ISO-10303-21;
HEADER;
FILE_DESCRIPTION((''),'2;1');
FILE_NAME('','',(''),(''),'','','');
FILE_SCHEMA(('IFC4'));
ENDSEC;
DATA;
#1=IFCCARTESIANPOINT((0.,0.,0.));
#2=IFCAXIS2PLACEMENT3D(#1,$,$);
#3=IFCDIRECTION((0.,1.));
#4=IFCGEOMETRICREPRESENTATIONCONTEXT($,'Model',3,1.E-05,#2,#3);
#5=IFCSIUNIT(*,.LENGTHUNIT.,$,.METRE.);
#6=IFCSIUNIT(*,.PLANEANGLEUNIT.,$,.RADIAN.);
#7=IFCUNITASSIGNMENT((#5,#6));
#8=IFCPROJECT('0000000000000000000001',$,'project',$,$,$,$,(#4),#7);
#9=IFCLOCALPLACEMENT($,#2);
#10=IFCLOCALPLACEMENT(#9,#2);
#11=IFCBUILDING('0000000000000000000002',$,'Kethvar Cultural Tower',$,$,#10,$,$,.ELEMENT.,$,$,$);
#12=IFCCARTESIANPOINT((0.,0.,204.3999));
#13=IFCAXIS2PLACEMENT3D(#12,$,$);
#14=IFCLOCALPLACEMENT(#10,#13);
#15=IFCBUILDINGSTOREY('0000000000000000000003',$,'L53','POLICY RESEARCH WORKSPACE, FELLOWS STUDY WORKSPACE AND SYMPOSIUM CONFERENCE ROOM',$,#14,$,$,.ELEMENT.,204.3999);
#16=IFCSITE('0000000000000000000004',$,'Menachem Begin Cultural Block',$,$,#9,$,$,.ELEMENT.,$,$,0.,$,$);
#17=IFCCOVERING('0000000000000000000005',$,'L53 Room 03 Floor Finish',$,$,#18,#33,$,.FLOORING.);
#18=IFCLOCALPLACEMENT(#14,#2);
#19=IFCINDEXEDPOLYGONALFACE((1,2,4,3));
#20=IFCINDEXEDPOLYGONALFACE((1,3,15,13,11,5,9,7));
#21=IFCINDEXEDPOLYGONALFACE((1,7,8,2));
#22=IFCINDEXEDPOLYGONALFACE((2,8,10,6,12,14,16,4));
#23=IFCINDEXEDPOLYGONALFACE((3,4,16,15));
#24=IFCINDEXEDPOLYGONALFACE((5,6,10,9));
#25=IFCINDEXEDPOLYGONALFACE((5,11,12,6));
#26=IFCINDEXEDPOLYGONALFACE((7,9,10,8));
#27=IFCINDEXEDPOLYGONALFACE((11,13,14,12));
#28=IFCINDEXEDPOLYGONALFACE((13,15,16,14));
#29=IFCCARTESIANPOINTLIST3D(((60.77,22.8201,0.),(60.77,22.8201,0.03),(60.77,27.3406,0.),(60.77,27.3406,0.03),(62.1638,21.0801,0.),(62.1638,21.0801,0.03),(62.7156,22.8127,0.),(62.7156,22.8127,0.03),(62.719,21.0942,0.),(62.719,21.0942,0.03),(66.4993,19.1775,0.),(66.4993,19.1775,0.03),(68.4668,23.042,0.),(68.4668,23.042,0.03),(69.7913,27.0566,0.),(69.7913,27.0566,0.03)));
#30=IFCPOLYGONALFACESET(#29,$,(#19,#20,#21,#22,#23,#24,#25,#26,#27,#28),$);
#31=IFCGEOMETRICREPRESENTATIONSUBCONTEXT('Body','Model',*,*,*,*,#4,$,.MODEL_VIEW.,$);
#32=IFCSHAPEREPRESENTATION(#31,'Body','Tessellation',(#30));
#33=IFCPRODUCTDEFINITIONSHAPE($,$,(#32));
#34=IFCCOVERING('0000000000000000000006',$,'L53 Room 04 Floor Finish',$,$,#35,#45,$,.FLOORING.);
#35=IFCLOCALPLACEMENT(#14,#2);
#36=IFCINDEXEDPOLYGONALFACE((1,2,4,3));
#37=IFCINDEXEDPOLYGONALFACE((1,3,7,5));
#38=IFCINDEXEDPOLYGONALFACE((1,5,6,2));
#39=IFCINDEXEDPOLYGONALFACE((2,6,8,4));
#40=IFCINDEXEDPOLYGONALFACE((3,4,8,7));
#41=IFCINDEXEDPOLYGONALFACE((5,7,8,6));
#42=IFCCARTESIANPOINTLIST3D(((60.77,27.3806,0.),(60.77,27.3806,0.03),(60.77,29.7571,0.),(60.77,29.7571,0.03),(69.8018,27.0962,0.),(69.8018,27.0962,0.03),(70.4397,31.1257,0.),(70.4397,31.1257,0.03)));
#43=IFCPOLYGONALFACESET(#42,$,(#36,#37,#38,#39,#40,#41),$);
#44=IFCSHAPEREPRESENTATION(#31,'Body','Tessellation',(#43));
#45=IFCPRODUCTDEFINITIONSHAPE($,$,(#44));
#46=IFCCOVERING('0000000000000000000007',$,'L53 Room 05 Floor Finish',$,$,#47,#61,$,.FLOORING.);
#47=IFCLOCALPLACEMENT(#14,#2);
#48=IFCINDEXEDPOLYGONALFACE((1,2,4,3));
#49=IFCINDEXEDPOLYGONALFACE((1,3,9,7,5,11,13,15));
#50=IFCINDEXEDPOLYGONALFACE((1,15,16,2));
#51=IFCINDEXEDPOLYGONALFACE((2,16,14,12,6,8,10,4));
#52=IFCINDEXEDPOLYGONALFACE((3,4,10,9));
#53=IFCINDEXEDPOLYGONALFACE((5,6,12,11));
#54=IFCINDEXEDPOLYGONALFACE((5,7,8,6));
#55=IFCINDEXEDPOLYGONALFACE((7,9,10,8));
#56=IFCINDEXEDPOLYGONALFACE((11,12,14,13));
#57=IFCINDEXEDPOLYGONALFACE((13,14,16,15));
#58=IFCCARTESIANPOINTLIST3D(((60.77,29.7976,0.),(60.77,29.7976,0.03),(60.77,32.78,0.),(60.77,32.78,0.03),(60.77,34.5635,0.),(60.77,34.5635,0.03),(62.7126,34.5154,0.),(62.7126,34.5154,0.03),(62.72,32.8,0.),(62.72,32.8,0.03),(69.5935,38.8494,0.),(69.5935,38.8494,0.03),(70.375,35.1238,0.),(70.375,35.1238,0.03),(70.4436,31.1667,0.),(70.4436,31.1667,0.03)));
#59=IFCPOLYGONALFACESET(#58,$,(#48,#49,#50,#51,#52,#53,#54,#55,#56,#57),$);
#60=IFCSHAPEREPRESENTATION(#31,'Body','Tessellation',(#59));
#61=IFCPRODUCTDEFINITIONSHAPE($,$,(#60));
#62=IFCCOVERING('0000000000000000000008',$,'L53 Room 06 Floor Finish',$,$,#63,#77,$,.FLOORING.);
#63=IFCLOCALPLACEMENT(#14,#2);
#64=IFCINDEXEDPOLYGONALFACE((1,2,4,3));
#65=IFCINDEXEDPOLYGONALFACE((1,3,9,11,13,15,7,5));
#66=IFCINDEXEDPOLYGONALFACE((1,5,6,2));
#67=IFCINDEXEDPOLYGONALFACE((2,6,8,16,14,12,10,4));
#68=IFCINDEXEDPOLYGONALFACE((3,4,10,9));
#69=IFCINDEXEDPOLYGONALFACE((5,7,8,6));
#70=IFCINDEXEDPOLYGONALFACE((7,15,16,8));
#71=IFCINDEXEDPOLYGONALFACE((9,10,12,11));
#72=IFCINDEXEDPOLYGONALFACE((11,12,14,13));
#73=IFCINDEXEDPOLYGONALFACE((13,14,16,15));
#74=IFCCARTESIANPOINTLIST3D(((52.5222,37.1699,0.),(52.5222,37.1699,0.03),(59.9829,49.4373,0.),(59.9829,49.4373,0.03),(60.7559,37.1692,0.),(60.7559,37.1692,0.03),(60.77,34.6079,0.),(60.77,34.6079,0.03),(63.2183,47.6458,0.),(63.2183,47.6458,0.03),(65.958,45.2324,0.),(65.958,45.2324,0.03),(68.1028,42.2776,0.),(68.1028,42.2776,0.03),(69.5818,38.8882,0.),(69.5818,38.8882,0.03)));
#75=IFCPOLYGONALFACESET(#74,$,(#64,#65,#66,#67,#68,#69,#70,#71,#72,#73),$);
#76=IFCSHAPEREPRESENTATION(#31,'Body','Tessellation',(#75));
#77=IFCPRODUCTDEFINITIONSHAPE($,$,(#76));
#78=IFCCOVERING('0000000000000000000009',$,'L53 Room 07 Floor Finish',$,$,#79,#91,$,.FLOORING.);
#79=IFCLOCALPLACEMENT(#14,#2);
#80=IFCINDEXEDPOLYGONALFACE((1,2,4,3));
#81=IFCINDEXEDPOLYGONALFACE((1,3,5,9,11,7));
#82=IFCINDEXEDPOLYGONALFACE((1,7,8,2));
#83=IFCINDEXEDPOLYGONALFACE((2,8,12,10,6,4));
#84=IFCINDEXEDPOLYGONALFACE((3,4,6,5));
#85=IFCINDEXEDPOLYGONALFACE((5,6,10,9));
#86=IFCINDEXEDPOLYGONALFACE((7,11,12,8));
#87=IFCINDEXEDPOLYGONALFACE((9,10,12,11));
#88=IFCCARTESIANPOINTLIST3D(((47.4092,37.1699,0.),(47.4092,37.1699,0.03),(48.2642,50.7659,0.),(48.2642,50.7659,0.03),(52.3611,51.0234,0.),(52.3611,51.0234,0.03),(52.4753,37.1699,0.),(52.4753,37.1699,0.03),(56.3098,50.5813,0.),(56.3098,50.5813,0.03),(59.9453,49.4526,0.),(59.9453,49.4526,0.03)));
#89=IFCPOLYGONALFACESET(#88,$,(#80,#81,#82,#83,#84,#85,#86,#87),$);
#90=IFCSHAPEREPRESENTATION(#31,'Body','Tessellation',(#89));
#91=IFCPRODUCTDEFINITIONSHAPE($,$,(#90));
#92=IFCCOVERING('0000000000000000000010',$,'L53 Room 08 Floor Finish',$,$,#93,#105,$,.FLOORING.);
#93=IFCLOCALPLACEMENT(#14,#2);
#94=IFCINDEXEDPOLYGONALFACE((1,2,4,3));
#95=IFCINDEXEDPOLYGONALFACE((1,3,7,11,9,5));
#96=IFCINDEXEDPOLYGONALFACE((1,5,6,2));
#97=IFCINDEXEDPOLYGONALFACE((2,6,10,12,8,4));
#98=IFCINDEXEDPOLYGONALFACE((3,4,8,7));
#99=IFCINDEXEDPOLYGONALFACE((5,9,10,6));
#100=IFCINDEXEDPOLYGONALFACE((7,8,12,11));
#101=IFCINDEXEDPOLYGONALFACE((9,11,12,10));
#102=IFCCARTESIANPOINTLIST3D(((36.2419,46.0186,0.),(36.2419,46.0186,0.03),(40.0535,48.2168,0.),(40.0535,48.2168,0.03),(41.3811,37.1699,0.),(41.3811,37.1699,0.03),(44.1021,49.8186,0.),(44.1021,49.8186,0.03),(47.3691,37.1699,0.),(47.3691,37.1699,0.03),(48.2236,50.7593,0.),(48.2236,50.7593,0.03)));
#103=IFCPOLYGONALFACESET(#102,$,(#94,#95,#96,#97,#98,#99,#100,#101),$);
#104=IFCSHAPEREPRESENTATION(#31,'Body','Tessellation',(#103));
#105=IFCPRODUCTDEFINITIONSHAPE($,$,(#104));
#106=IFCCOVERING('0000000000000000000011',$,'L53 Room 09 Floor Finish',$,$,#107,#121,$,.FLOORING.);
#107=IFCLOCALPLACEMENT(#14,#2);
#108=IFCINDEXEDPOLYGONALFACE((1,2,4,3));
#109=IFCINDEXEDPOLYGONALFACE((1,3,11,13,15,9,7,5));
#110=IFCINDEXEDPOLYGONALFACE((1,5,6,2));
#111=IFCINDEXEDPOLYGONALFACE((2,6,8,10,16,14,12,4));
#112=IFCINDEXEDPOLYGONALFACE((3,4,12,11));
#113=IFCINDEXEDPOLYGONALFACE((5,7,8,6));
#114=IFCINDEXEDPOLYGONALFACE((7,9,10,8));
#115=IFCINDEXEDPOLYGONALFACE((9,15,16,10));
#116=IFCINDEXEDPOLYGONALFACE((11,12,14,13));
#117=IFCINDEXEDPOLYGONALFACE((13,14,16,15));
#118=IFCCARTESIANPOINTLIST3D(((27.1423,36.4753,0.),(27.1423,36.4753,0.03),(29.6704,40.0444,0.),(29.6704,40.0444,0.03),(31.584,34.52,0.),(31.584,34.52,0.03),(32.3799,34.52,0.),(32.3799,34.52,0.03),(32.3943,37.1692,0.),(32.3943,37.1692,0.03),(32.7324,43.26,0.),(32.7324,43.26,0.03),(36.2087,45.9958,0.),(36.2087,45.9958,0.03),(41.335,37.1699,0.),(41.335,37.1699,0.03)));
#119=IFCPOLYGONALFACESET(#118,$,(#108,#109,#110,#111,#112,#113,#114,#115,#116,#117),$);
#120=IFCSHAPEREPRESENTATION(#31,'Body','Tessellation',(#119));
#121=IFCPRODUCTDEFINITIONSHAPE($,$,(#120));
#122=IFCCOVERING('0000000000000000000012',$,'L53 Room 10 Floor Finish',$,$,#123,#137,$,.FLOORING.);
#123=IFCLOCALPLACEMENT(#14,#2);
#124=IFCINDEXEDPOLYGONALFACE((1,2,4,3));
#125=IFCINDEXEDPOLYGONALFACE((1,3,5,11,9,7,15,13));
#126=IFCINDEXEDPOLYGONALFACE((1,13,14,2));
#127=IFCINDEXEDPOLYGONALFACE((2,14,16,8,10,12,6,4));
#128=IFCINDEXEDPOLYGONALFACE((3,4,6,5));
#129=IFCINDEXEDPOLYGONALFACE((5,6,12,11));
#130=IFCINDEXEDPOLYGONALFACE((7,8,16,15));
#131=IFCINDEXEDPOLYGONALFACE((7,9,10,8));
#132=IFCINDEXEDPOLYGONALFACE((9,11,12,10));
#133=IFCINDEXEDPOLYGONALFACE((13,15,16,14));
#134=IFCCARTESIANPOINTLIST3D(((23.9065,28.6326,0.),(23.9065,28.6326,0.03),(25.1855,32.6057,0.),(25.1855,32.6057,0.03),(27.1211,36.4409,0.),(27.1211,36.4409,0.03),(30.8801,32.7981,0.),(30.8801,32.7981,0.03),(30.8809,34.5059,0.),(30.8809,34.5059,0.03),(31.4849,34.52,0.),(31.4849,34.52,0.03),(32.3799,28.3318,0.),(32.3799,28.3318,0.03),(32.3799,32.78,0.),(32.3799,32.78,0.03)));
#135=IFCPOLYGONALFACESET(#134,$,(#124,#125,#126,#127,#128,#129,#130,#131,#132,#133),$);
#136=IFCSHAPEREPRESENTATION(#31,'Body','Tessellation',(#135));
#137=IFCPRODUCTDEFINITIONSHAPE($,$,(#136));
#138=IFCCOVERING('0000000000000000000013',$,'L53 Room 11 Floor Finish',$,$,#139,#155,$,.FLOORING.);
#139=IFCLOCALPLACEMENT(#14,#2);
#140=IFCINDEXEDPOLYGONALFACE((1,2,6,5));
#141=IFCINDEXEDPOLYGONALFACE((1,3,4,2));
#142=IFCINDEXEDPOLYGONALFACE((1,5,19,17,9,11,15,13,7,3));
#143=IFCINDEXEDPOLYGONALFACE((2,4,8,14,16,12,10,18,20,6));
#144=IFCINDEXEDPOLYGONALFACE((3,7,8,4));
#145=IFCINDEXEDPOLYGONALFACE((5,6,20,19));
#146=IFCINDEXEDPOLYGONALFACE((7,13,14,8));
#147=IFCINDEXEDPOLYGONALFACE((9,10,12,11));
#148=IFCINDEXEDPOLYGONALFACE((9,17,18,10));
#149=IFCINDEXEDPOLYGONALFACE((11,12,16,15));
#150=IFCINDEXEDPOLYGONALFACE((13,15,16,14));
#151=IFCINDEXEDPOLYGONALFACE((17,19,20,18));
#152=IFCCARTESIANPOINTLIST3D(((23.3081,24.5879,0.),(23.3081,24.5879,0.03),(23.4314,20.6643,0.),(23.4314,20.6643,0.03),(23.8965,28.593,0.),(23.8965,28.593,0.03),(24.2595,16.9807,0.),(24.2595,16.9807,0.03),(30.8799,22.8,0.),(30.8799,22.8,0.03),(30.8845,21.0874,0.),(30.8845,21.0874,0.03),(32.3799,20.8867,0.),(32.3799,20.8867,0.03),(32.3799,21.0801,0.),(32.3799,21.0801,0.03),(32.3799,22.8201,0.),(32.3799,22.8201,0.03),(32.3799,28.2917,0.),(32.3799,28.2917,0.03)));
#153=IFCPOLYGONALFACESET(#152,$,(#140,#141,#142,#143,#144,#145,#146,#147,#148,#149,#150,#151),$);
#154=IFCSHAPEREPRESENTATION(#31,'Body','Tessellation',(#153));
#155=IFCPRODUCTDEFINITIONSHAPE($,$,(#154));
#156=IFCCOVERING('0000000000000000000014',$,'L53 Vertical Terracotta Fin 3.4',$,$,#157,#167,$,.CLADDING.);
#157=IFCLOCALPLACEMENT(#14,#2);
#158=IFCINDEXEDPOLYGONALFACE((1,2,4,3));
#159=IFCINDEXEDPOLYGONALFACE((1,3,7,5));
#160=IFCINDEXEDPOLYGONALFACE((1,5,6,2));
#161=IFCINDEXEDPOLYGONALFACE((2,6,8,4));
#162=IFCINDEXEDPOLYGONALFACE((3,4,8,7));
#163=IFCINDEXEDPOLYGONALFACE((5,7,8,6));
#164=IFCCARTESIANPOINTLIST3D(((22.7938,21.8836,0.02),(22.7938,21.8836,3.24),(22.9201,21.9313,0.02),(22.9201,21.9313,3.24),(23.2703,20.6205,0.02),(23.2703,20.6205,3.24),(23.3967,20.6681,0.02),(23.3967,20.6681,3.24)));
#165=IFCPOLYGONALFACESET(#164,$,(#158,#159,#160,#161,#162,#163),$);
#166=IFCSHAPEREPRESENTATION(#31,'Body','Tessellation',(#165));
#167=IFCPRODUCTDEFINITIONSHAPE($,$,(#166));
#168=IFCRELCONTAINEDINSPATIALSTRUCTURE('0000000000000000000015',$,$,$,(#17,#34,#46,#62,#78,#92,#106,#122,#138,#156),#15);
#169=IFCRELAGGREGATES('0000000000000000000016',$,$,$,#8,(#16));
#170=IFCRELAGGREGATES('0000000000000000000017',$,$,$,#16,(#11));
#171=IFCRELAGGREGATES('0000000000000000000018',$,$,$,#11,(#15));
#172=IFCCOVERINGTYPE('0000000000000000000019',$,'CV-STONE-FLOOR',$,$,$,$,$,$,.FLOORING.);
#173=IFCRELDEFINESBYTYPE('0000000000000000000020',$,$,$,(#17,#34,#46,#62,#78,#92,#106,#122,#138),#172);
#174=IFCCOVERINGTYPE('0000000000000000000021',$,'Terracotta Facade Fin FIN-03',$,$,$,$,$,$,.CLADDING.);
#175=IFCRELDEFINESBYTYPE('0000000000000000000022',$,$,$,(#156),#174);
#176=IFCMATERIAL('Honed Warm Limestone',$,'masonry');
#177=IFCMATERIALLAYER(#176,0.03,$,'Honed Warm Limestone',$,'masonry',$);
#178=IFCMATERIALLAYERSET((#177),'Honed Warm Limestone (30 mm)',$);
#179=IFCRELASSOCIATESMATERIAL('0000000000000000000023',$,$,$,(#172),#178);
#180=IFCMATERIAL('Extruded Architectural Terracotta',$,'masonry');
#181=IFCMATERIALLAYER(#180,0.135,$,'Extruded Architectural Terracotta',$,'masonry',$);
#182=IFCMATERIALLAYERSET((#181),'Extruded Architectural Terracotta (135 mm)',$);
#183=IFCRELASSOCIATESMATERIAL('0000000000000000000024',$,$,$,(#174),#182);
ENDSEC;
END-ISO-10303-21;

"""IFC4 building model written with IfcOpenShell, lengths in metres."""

from ifc_helpers import new_model, si_unit, direction, frame, origin, origin_2d, place, context, subcontext, project, spatial, polyline, rectangle, outline, extrude, source, transform, mapped, material, layer, layer_set, type_object, element, save


model = new_model("IFC4")

# Units and contexts
model_context = context("Model", 3, precision=1e-05, world=origin(), true_north=direction((0.0, 1.0)))
body_context = subcontext(model_context, "Body", "Model", "MODEL_VIEW")
ifc_project = project(units=[si_unit("LENGTHUNIT", "METRE"), si_unit("PLANEANGLEUNIT", "RADIAN")], contexts=[model_context])

# Site, building, storey
site_placement = place(None, origin())
site = spatial("IfcSite", under=ifc_project, at=site_placement, Name="Menachem Begin Cultural Block", CompositionType="ELEMENT", RefElevation=0.0)
building_placement = place(site_placement, origin())
building = spatial("IfcBuilding", under=site, at=building_placement, Name="Kethvar Cultural Tower", CompositionType="ELEMENT")
storey_placement = place(building_placement, frame((0.0, 0.0, 204.3999)))
storey = spatial("IfcBuildingStorey", under=building, at=storey_placement, Name="L53", Description="POLICY RESEARCH WORKSPACE, FELLOWS STUDY WORKSPACE AND SYMPOSIUM CONFERENCE ROOM", CompositionType="ELEMENT", Elevation=204.3999)

# Coverings
ifc_material_1 = material(Name="Honed Warm Limestone", Category="masonry")
ifc_layer_1 = layer(ifc_material_1, 0.03, Name="Honed Warm Limestone", Category="masonry")
ifc_layer_set_1 = layer_set([ifc_layer_1], Name="Honed Warm Limestone (30 mm)")
covering_type_1 = type_object("IfcCoveringType", Name="CV-STONE-FLOOR", PredefinedType="FLOORING", material=ifc_layer_set_1)
covering_1_placement = place(storey_placement, origin())
element("IfcCovering", 1, at=covering_1_placement, inside=storey, type_object=covering_type_1, Name="L53 Room 03 Floor Finish", PredefinedType="FLOORING", context=body_context, shape_type="SweptSolid", body=[
    extrude(outline(polyline([(68.4668, 23.042), (66.4993, 19.1775), (62.1638, 21.0801), (62.719, 21.0942), (62.7156, 22.8127), (60.77, 22.8201), (60.77, 27.3406), (69.7913, 27.0566), (68.4668, 23.042)])), origin(), (0.0, 0.0, 1.0), 0.03),
])
covering_2_placement = place(storey_placement, origin())
element("IfcCovering", 2, at=covering_2_placement, inside=storey, type_object=covering_type_1, Name="L53 Room 04 Floor Finish", PredefinedType="FLOORING", context=body_context, shape_type="SweptSolid", body=[
    extrude(outline(polyline([(69.8018, 27.0962), (60.77, 27.3806), (60.77, 29.7571), (70.4397, 31.1257), (69.8018, 27.0962)])), origin(), (0.0, 0.0, 1.0), 0.03),
])
covering_3_placement = place(storey_placement, origin())
element("IfcCovering", 3, at=covering_3_placement, inside=storey, type_object=covering_type_1, Name="L53 Room 05 Floor Finish", PredefinedType="FLOORING", context=body_context, shape_type="SweptSolid", body=[
    extrude(outline(polyline([(70.375, 35.1238), (70.4436, 31.1667), (60.77, 29.7976), (60.77, 32.78), (62.72, 32.8), (62.7126, 34.5154), (60.77, 34.5635), (69.5935, 38.8494), (70.375, 35.1238)])), origin(), (0.0, 0.0, 1.0), 0.03),
])
covering_4_placement = place(storey_placement, origin())
element("IfcCovering", 4, at=covering_4_placement, inside=storey, type_object=covering_type_1, Name="L53 Room 06 Floor Finish", PredefinedType="FLOORING", context=body_context, shape_type="SweptSolid", body=[
    extrude(outline(polyline([(69.5818, 38.8882), (60.77, 34.6079), (60.7559, 37.1692), (52.5222, 37.1699), (59.9829, 49.4373), (63.2183, 47.6458), (65.958, 45.2324), (68.1028, 42.2776), (69.5818, 38.8882)])), origin(), (0.0, 0.0, 1.0), 0.03),
])
covering_5_placement = place(storey_placement, origin())
element("IfcCovering", 5, at=covering_5_placement, inside=storey, type_object=covering_type_1, Name="L53 Room 07 Floor Finish", PredefinedType="FLOORING", context=body_context, shape_type="SweptSolid", body=[
    extrude(outline(polyline([(52.3611, 51.0234), (56.3098, 50.5813), (59.9453, 49.4526), (52.4753, 37.1699), (47.4092, 37.1699), (48.2642, 50.7659), (52.3611, 51.0234)])), origin(), (0.0, 0.0, 1.0), 0.03),
])
covering_6_placement = place(storey_placement, origin())
element("IfcCovering", 6, at=covering_6_placement, inside=storey, type_object=covering_type_1, Name="L53 Room 08 Floor Finish", PredefinedType="FLOORING", context=body_context, shape_type="SweptSolid", body=[
    extrude(outline(polyline([(40.0535, 48.2168), (44.1021, 49.8186), (48.2236, 50.7593), (47.3691, 37.1699), (41.3811, 37.1699), (36.2419, 46.0186), (40.0535, 48.2168)])), origin(), (0.0, 0.0, 1.0), 0.03),
])
covering_7_placement = place(storey_placement, origin())
element("IfcCovering", 7, at=covering_7_placement, inside=storey, type_object=covering_type_1, Name="L53 Room 09 Floor Finish", PredefinedType="FLOORING", context=body_context, shape_type="SweptSolid", body=[
    extrude(outline(polyline([(29.6704, 40.0444), (32.7324, 43.26), (36.2087, 45.9958), (41.335, 37.1699), (32.3943, 37.1692), (32.3799, 34.52), (31.584, 34.52), (27.1423, 36.4753), (29.6704, 40.0444)])), origin(), (0.0, 0.0, 1.0), 0.03),
])
covering_8_placement = place(storey_placement, origin())
element("IfcCovering", 8, at=covering_8_placement, inside=storey, type_object=covering_type_1, Name="L53 Room 10 Floor Finish", PredefinedType="FLOORING", context=body_context, shape_type="SweptSolid", body=[
    extrude(outline(polyline([(23.9065, 28.6326), (25.1855, 32.6057), (27.1211, 36.4409), (31.4849, 34.52), (30.8809, 34.5059), (30.8801, 32.7981), (32.3799, 32.78), (32.3799, 28.3318), (23.9065, 28.6326)])), origin(), (0.0, 0.0, 1.0), 0.03),
])
covering_9_placement = place(storey_placement, origin())
element("IfcCovering", 9, at=covering_9_placement, inside=storey, type_object=covering_type_1, Name="L53 Room 11 Floor Finish", PredefinedType="FLOORING", context=body_context, shape_type="SweptSolid", body=[
    extrude(outline(polyline([(23.4314, 20.6643), (23.3081, 24.5879), (23.8965, 28.593), (32.3799, 28.2917), (32.3799, 22.8201), (30.8799, 22.8), (30.8845, 21.0874), (32.3799, 21.0801), (32.3799, 20.8867), (24.2595, 16.9807), (23.4314, 20.6643)])), origin(), (0.0, 0.0, 1.0), 0.03),
])
ifc_material_2 = material(Name="Extruded Architectural Terracotta", Category="masonry")
ifc_layer_2 = layer(ifc_material_2, 0.135, Name="Extruded Architectural Terracotta", Category="masonry")
ifc_layer_set_2 = layer_set([ifc_layer_2], Name="Extruded Architectural Terracotta (135 mm)")
covering_type_2 = type_object("IfcCoveringType", Name="Terracotta Facade Fin FIN-03", PredefinedType="CLADDING", material=ifc_layer_set_2)
shared_shape = source(origin(), body_context, "Body", "SweptSolid", [
    extrude(rectangle(XDim=1.3501, YDim=0.135, at=origin_2d()), origin(), (0.0, 0.0, 1.0), 3.22),
])
covering_10_placement = place(storey_placement, frame((23.0952, 21.2759, 0.02), z_axis=(0.0, 0.0, 1.0), x_axis=(-0.352985, 0.935629, 0.0)))
element("IfcCovering", 10, at=covering_10_placement, inside=storey, type_object=covering_type_2, Name="L53 Vertical Terracotta Fin 3.4", PredefinedType="CLADDING", context=body_context, shape_type="MappedRepresentation", body=[
    mapped(shared_shape, transform((0.0, 0.0, 0.0), scale=1.0)),
])

save(model, "model.ifc")
